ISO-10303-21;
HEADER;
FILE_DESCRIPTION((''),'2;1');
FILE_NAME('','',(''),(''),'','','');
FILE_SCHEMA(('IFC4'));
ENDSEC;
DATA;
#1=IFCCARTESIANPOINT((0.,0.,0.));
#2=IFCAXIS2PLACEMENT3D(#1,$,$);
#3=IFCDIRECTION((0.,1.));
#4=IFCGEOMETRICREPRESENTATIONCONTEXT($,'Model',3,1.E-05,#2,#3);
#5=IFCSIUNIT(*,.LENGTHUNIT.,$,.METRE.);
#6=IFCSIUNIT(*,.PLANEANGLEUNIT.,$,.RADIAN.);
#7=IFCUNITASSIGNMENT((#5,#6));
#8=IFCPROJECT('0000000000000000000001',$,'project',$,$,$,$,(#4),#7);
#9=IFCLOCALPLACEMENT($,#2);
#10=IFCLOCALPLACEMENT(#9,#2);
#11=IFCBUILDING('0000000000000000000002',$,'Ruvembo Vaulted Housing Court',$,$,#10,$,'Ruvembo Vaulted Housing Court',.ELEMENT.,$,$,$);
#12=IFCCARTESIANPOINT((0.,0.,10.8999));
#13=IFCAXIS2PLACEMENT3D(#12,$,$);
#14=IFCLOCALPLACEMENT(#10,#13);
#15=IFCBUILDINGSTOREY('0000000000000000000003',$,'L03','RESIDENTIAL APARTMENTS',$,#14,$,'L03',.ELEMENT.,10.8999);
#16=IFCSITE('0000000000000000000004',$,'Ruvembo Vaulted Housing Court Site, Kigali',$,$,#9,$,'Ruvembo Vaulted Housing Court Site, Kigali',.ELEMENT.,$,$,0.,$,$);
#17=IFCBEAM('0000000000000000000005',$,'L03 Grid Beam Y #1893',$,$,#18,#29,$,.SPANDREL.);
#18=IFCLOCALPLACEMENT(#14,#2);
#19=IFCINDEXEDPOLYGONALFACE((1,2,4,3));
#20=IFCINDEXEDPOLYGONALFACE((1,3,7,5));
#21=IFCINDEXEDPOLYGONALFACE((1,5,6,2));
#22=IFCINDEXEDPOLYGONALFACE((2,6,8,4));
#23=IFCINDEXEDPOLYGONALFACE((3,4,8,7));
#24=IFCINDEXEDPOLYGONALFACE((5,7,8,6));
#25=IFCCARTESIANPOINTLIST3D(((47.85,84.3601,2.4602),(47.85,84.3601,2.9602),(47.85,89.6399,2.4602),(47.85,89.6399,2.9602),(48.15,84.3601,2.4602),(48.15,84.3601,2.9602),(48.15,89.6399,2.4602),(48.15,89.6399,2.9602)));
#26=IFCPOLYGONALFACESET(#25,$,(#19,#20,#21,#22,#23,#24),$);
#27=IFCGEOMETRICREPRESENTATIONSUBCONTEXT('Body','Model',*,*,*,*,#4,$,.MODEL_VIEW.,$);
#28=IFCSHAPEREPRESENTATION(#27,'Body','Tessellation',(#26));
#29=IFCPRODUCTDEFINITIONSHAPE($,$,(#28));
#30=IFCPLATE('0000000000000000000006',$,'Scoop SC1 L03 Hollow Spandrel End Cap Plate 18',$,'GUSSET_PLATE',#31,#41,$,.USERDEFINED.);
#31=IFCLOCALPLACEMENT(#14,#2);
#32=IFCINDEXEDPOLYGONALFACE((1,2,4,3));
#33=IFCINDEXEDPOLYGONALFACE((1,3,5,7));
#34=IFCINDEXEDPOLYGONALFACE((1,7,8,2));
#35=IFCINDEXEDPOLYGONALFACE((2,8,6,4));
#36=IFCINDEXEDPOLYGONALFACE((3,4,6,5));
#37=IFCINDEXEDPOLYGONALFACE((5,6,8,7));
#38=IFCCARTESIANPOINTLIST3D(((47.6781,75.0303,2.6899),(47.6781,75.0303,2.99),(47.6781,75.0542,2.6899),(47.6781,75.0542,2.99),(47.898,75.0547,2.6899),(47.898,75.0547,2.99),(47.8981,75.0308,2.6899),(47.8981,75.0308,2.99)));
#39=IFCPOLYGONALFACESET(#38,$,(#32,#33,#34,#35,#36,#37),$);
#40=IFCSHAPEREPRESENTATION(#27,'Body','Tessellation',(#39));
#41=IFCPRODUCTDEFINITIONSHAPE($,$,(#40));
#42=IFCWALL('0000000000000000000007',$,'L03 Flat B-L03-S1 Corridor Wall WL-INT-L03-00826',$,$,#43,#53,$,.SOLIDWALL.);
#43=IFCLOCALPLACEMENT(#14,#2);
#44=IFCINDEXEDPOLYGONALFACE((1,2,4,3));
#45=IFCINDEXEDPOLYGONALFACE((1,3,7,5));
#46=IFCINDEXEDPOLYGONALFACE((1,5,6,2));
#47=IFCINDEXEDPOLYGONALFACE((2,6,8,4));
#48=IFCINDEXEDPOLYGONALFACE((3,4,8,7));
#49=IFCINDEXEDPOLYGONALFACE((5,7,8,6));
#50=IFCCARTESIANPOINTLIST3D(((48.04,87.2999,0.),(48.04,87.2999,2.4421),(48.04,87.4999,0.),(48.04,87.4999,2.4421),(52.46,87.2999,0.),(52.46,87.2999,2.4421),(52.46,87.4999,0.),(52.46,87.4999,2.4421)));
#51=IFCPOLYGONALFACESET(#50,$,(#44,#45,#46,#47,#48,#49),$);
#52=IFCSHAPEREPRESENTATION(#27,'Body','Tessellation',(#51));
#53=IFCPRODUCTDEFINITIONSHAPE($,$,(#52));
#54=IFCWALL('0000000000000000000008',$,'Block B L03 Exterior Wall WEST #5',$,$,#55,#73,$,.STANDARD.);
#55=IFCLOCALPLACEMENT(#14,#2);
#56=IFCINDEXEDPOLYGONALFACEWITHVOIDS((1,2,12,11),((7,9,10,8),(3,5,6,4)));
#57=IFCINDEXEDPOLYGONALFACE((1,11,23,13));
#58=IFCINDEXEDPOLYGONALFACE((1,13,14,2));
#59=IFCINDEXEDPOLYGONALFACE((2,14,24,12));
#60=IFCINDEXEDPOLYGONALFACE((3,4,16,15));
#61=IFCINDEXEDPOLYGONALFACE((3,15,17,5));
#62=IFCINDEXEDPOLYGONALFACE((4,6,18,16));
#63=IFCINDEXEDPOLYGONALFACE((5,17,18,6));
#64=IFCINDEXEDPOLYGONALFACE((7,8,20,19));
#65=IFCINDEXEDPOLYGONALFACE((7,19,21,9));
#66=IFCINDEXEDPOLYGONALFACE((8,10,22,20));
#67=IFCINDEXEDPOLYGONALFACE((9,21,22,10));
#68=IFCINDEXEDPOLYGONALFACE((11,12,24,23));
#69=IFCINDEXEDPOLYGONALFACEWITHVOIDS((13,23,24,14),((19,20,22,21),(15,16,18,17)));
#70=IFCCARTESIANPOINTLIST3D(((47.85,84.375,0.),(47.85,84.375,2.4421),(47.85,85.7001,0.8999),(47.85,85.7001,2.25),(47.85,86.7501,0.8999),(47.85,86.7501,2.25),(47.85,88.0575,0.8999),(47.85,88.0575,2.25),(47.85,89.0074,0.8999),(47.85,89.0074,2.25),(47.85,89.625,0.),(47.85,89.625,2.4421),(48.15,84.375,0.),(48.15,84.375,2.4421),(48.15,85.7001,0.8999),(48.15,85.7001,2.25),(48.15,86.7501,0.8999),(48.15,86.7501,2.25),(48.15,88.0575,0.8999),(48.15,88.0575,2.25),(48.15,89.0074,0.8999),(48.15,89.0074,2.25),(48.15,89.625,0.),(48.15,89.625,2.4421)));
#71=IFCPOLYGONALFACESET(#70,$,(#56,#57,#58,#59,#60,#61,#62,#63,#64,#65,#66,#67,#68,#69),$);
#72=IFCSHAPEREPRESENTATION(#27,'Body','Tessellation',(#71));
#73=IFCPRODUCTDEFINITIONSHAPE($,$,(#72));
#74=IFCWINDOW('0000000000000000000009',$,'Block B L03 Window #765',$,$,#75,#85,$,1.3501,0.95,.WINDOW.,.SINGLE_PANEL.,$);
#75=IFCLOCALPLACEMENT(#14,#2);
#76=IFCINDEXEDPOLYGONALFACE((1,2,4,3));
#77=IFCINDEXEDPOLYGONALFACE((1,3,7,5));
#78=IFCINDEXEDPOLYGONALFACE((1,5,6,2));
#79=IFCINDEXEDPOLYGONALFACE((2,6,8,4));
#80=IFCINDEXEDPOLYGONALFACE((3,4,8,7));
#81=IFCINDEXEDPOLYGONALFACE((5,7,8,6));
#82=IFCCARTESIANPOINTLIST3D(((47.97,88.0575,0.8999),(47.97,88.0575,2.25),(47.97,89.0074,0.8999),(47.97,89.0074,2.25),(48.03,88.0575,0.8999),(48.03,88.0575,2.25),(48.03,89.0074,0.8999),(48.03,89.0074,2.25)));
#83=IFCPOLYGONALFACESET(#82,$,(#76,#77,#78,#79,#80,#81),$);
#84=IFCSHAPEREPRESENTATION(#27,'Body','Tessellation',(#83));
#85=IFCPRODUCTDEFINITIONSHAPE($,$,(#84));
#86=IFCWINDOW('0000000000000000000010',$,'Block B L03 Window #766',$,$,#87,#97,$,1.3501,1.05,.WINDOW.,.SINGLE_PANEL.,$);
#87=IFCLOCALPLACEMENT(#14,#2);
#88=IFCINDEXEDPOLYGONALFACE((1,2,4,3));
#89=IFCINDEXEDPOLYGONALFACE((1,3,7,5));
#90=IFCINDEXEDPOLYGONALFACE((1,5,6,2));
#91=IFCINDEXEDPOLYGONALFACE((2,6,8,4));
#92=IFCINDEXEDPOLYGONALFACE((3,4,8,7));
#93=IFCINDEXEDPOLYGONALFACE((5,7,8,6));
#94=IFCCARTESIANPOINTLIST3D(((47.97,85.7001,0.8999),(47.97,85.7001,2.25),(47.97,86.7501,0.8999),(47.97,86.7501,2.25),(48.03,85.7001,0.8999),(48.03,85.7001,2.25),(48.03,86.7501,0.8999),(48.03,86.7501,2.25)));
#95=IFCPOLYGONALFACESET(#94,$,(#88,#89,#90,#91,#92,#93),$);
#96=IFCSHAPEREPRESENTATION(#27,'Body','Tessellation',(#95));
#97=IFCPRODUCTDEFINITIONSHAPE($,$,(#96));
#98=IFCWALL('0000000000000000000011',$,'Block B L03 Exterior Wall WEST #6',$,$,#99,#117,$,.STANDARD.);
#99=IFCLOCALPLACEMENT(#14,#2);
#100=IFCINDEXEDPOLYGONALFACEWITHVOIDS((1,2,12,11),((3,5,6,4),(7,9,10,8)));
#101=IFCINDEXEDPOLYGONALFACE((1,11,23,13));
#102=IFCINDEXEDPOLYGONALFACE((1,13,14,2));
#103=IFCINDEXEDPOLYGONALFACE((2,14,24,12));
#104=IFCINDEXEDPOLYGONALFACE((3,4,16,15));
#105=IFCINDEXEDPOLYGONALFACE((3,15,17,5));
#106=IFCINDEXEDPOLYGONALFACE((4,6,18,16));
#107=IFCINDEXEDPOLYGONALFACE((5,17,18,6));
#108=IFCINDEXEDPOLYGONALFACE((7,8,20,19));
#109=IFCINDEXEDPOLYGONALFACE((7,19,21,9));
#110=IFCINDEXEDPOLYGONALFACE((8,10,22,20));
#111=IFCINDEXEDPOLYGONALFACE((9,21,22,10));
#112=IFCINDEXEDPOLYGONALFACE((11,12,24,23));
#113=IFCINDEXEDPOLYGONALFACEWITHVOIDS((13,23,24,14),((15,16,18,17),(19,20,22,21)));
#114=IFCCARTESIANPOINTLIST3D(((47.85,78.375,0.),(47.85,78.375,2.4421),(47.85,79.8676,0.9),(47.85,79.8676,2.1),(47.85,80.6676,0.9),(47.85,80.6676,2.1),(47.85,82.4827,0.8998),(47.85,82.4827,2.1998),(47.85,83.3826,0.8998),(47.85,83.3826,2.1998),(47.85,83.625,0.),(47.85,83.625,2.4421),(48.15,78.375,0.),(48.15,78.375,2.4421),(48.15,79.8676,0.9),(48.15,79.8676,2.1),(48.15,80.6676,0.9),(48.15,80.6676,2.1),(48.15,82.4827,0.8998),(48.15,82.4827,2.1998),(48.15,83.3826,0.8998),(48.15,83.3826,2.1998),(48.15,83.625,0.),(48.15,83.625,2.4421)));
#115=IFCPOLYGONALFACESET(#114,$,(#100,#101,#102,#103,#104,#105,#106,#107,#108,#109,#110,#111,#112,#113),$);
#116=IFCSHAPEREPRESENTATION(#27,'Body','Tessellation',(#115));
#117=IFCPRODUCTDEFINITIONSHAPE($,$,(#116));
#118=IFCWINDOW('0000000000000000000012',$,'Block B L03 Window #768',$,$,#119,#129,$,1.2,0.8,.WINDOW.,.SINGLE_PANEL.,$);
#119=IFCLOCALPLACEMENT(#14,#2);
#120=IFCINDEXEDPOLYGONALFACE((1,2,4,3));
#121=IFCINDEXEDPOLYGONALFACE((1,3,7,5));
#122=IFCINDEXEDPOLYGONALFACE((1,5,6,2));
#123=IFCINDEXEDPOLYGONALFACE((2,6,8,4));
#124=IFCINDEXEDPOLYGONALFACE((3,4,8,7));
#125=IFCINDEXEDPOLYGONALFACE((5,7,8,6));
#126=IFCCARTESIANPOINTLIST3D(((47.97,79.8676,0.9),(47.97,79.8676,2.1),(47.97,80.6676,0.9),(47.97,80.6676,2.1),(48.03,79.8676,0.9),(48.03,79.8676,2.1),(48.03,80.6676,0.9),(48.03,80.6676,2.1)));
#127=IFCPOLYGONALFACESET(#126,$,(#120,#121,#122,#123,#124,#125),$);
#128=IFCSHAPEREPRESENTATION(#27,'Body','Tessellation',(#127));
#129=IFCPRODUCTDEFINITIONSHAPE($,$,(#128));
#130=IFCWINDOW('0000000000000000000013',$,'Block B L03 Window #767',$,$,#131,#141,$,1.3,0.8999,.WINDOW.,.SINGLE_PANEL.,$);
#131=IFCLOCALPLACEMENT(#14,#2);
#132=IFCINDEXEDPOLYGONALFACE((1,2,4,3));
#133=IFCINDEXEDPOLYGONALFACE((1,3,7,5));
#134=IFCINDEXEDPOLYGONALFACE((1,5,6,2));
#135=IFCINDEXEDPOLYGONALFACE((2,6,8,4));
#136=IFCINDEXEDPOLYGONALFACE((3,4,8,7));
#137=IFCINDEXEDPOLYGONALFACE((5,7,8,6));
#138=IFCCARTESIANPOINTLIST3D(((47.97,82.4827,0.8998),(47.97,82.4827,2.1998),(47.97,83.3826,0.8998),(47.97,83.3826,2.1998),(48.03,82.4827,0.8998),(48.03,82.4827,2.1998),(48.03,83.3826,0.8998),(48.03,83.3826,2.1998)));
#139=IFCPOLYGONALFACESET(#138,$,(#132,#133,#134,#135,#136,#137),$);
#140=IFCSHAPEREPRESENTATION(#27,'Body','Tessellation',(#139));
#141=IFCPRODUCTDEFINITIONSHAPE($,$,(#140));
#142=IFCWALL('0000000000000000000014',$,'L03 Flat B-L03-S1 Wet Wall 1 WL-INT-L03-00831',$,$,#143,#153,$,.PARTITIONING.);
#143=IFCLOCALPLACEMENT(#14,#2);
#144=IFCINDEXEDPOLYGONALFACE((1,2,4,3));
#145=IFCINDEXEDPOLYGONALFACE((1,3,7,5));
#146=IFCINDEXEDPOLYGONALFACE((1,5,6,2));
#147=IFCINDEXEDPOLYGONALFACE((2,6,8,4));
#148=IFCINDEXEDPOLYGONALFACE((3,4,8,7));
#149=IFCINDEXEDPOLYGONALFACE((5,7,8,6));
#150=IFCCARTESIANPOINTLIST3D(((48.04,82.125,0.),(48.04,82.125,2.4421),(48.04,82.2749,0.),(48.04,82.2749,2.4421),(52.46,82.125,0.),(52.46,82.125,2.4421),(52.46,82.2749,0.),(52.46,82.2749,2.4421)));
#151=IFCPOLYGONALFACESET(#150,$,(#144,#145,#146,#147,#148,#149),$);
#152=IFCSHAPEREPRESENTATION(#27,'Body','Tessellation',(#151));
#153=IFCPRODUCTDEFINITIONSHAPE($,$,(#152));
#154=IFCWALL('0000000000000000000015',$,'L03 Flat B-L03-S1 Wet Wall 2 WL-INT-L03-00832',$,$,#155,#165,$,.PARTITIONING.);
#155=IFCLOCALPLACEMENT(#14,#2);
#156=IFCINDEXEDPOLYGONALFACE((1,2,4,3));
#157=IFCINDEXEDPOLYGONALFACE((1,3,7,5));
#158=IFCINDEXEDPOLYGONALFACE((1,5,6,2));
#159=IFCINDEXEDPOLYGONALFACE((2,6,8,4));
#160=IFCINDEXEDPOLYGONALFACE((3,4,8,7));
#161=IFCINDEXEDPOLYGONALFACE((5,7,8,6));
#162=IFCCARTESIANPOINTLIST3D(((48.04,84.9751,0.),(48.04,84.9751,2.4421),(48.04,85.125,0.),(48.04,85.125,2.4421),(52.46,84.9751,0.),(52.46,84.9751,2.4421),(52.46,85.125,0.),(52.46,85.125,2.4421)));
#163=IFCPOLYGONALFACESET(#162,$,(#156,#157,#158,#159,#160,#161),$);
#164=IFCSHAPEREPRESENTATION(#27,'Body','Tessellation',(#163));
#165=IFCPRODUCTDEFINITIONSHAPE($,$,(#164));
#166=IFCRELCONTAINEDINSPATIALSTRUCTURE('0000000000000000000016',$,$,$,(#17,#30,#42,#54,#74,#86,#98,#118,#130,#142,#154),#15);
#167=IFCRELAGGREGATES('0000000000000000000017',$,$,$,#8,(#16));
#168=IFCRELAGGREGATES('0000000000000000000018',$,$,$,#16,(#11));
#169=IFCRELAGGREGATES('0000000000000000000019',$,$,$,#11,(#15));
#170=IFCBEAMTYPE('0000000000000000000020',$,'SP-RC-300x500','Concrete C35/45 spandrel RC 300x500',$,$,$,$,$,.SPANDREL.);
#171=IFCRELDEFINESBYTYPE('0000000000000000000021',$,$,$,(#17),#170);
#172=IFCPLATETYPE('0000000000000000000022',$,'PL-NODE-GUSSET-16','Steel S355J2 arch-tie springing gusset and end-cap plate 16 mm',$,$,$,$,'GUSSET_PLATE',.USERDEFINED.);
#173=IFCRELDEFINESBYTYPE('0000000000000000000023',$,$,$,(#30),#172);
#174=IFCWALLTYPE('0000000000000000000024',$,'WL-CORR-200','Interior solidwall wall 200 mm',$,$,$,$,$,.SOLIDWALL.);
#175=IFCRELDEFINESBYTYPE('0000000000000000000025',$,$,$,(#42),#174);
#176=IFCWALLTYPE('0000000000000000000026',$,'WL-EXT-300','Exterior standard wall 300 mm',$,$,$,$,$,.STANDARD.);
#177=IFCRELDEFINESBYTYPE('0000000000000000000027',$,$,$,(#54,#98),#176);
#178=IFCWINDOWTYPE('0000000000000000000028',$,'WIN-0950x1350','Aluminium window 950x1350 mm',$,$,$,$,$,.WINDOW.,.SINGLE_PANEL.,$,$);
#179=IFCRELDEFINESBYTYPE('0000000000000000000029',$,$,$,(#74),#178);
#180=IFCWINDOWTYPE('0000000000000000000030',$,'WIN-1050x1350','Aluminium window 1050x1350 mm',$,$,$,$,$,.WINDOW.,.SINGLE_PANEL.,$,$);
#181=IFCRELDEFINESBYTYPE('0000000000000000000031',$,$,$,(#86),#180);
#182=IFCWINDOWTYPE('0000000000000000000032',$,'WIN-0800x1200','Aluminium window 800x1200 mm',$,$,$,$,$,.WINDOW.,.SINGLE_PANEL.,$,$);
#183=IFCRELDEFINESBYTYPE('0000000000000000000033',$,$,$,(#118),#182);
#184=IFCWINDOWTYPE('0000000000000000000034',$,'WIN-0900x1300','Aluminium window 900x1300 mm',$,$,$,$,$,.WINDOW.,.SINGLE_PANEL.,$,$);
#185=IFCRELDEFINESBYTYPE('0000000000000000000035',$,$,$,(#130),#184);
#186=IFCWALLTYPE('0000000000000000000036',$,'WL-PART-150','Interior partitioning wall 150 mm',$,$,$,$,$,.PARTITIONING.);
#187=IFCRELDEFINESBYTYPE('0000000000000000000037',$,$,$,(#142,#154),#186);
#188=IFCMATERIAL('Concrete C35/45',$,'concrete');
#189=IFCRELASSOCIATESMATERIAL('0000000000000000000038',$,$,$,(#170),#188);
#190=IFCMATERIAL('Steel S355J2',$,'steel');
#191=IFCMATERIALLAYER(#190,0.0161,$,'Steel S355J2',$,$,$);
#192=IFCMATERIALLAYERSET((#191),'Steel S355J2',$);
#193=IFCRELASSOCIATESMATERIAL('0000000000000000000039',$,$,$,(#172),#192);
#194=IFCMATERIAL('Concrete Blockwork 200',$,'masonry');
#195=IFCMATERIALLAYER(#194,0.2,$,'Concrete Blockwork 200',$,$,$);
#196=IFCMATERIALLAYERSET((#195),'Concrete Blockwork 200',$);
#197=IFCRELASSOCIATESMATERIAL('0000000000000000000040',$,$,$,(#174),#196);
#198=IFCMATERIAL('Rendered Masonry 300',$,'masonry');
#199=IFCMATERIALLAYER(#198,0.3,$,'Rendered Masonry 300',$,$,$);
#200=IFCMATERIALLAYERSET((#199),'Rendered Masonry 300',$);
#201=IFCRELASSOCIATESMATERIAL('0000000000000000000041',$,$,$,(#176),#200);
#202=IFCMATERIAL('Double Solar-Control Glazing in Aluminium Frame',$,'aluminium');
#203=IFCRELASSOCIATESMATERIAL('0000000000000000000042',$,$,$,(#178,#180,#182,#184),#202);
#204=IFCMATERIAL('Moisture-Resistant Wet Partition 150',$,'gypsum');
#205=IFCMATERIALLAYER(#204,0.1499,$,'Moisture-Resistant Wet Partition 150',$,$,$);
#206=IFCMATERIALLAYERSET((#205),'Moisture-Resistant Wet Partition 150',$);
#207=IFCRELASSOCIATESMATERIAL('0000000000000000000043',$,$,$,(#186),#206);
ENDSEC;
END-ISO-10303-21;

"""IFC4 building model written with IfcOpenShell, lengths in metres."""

from ifc_helpers import new_model, si_unit, direction, frame, frame_2d, origin, origin_2d, place, context, subcontext, project, spatial, rectangle, extrude, material, layer, layer_set, material_profile, profile_set, type_object, element, fill, save


model = new_model("IFC4")

# Units and contexts
model_context = context("Model", 3, precision=1e-05, world=origin(), true_north=direction((0.0, 1.0)))
body_context = subcontext(model_context, "Body", "Model", "MODEL_VIEW")
ifc_project = project(units=[si_unit("LENGTHUNIT", "METRE"), si_unit("PLANEANGLEUNIT", "RADIAN")], contexts=[model_context])

# Site, building, storey
site_placement = place(None, origin())
site = spatial("IfcSite", under=ifc_project, at=site_placement, Name="Ruvembo Vaulted Housing Court Site, Kigali", LongName="Ruvembo Vaulted Housing Court Site, Kigali", CompositionType="ELEMENT", RefElevation=0.0)
building_placement = place(site_placement, origin())
building = spatial("IfcBuilding", under=site, at=building_placement, Name="Ruvembo Vaulted Housing Court", LongName="Ruvembo Vaulted Housing Court", CompositionType="ELEMENT")
storey_placement = place(building_placement, frame((0.0, 0.0, 10.8999)))
storey = spatial("IfcBuildingStorey", under=building, at=storey_placement, Name="L03", Description="RESIDENTIAL APARTMENTS", LongName="L03", CompositionType="ELEMENT", Elevation=10.8999)

# Shared definitions
ifc_material_1 = material(Name="Steel S355J2", Category="steel")

# Beam
ifc_material_2 = material(Name="Concrete C35/45", Category="concrete")
ifc_material_profile_1 = material_profile(ifc_material_2, rectangle(XDim=0.3, YDim=0.5, at=origin_2d()), Name="RC 300x500")
ifc_profile_set_1 = profile_set([ifc_material_profile_1], Name="Concrete C35/45")
beam_type_1 = type_object("IfcBeamType", Name="SP-RC-300x500", Description="Concrete C35/45 spandrel RC 300x500", PredefinedType="SPANDREL", material=ifc_profile_set_1)
for number, where, z_axis, x_axis, name in (
    (1, (48.0, 84.3601, 2.7102), (0.0, 1.0, 0.0), (-1.0, 0.0, 0.0), "L03 Grid Beam Y #1893"),
):
    element("IfcBeam", number, at=place(storey_placement, frame(where, z_axis=z_axis, x_axis=x_axis)), inside=storey, type_object=beam_type_1, Name=name, PredefinedType="SPANDREL", context=body_context, shape_type="SweptSolid", body=[
        extrude(rectangle(XDim=0.3, YDim=0.5, at=origin_2d()), origin(), (0.0, 0.0, 1.0), 5.2798),
    ])

# Plate
ifc_layer_1 = layer(ifc_material_1, 0.0161, Name="Steel S355J2")
ifc_layer_set_1 = layer_set([ifc_layer_1], Name="Steel S355J2")
plate_type = type_object("IfcPlateType", Name="PL-NODE-GUSSET-16", Description="Steel S355J2 arch-tie springing gusset and end-cap plate 16 mm", ElementType="GUSSET_PLATE", PredefinedType="USERDEFINED", material=ifc_layer_set_1)
plate_placement = place(storey_placement, frame((47.7881, 75.0425, 2.6899), z_axis=(0.0, 0.0, 1.0), x_axis=(-0.002286, 0.999997, 0.0)))
element("IfcPlate", 2, at=plate_placement, inside=storey, type_object=plate_type, Name="Scoop SC1 L03 Hollow Spandrel End Cap Plate 18", ObjectType="GUSSET_PLATE", PredefinedType="USERDEFINED", context=body_context, shape_type="SweptSolid", body=[
    extrude(rectangle(XDim=0.0239, YDim=0.22, at=origin_2d()), origin(), (0.0, 0.0, 1.0), 0.3),
])

# Wall
ifc_material_3 = material(Name="Concrete Blockwork 200", Category="masonry")
ifc_layer_2 = layer(ifc_material_3, 0.2, Name="Concrete Blockwork 200")
ifc_layer_set_2 = layer_set([ifc_layer_2], Name="Concrete Blockwork 200")
wall_type_1 = type_object("IfcWallType", Name="WL-CORR-200", Description="Interior solidwall wall 200 mm", PredefinedType="SOLIDWALL", material=ifc_layer_set_2)
wall_1_placement = place(storey_placement, frame((48.04, 87.3999, 0.0), z_axis=(0.0, 0.0, 1.0), x_axis=(1.0, 0.0, 0.0)))
element("IfcWall", 3, at=wall_1_placement, inside=storey, type_object=wall_type_1, Name="L03 Flat B-L03-S1 Corridor Wall WL-INT-L03-00826", PredefinedType="SOLIDWALL", context=body_context, shape_type="SweptSolid", body=[
    extrude(rectangle(XDim=4.4199, YDim=0.2, at=frame_2d((2.21, 0.0))), origin(), (0.0, 0.0, 1.0), 2.4421),
])

# Shared definitions
ifc_material_4 = material(Name="Rendered Masonry 300", Category="masonry")
ifc_layer_3 = layer(ifc_material_4, 0.3, Name="Rendered Masonry 300")
ifc_layer_set_3 = layer_set([ifc_layer_3], Name="Rendered Masonry 300")
wall_type_2 = type_object("IfcWallType", Name="WL-EXT-300", Description="Exterior standard wall 300 mm", PredefinedType="STANDARD", material=ifc_layer_set_3)

# Walls, openings, windows
wall_2_placement = place(storey_placement, frame((48.0, 89.625, 0.0), z_axis=(0.0, 0.0, 1.0), x_axis=(0.0, -1.0, 0.0)))
wall_2 = element("IfcWall", 4, at=wall_2_placement, inside=storey, type_object=wall_type_2, Name="Block B L03 Exterior Wall WEST #5", PredefinedType="STANDARD", context=body_context, shape_type="SweptSolid", body=[
    extrude(rectangle(XDim=5.25, YDim=0.3, at=frame_2d((2.625, 0.0))), origin(), (0.0, 0.0, 1.0), 2.4421),
])
opening_1_placement = place(wall_2_placement, frame((0.6174, 0.0, 0.8999)))
opening_1 = element("IfcOpeningElement", 5, at=opening_1_placement, cuts=wall_2, PredefinedType="OPENING", context=body_context, shape_type="SweptSolid", body=[
    extrude(rectangle(XDim=0.95, YDim=1.3501, at=frame_2d((0.4751, 0.675))), frame((0.0, 0.1599, 0.0), z_axis=(0.0, -1.0, 0.0), x_axis=(1.0, 0.0, 0.0)), (0.0, 0.0, 1.0), 0.3201),
])
opening_2_placement = place(wall_2_placement, frame((2.875, 0.0, 0.8999)))
opening_2 = element("IfcOpeningElement", 6, at=opening_2_placement, cuts=wall_2, PredefinedType="OPENING", context=body_context, shape_type="SweptSolid", body=[
    extrude(rectangle(XDim=1.05, YDim=1.3501, at=frame_2d((0.5249, 0.675))), frame((0.0, 0.1599, 0.0), z_axis=(0.0, -1.0, 0.0), x_axis=(1.0, 0.0, 0.0)), (0.0, 0.0, 1.0), 0.3201),
])
ifc_material_5 = material(Name="Double Solar-Control Glazing in Aluminium Frame", Category="aluminium")
window_type_1 = type_object("IfcWindowType", Name="WIN-0950x1350", Description="Aluminium window 950x1350 mm", PartitioningType="SINGLE_PANEL", PredefinedType="WINDOW", material=ifc_material_5)
window_1_placement = place(opening_1_placement, origin())
window_1 = element("IfcWindow", 7, at=window_1_placement, inside=storey, type_object=window_type_1, Name="Block B L03 Window #765", OverallHeight=1.3501, OverallWidth=0.95, PartitioningType="SINGLE_PANEL", PredefinedType="WINDOW", context=body_context, shape_type="SweptSolid", body=[
    extrude(rectangle(XDim=0.95, YDim=1.3501, at=frame_2d((0.4751, 0.675))), frame((0.0, 0.03, 0.0), z_axis=(0.0, -1.0, 0.0), x_axis=(1.0, 0.0, 0.0)), (0.0, 0.0, 1.0), 0.0601),
])
fill(opening_1, window_1)
window_type_2 = type_object("IfcWindowType", Name="WIN-1050x1350", Description="Aluminium window 1050x1350 mm", PartitioningType="SINGLE_PANEL", PredefinedType="WINDOW", material=ifc_material_5)
window_2_placement = place(opening_2_placement, origin())
window_2 = element("IfcWindow", 8, at=window_2_placement, inside=storey, type_object=window_type_2, Name="Block B L03 Window #766", OverallHeight=1.3501, OverallWidth=1.05, PartitioningType="SINGLE_PANEL", PredefinedType="WINDOW", context=body_context, shape_type="SweptSolid", body=[
    extrude(rectangle(XDim=1.05, YDim=1.3501, at=frame_2d((0.5249, 0.675))), frame((0.0, 0.03, 0.0), z_axis=(0.0, -1.0, 0.0), x_axis=(1.0, 0.0, 0.0)), (0.0, 0.0, 1.0), 0.0601),
])
fill(opening_2, window_2)
wall_3_placement = place(storey_placement, frame((48.0, 83.625, 0.0), z_axis=(0.0, 0.0, 1.0), x_axis=(0.0, -1.0, 0.0)))
wall_3 = element("IfcWall", 9, at=wall_3_placement, inside=storey, type_object=wall_type_2, Name="Block B L03 Exterior Wall WEST #6", PredefinedType="STANDARD", context=body_context, shape_type="SweptSolid", body=[
    extrude(rectangle(XDim=5.25, YDim=0.3, at=frame_2d((2.625, 0.0))), origin(), (0.0, 0.0, 1.0), 2.4421),
])
opening_3_placement = place(wall_3_placement, frame((0.2424, 0.0, 0.8999)))
opening_3 = element("IfcOpeningElement", 10, at=opening_3_placement, cuts=wall_3, PredefinedType="OPENING", context=body_context, shape_type="SweptSolid", body=[
    extrude(rectangle(XDim=0.8999, YDim=1.3, at=frame_2d((0.45, 0.6499))), frame((0.0, 0.1599, 0.0), z_axis=(0.0, -1.0, 0.0), x_axis=(1.0, 0.0, 0.0)), (0.0, 0.0, 1.0), 0.3201),
])
opening_4_placement = place(wall_3_placement, frame((2.9575, 0.0, 0.8999)))
opening_4 = element("IfcOpeningElement", 11, at=opening_4_placement, cuts=wall_3, PredefinedType="OPENING", context=body_context, shape_type="SweptSolid", body=[
    extrude(rectangle(XDim=0.8, YDim=1.2, at=frame_2d((0.3999, 0.6001))), frame((0.0, 0.1599, 0.0), z_axis=(0.0, -1.0, 0.0), x_axis=(1.0, 0.0, 0.0)), (0.0, 0.0, 1.0), 0.3201),
])
window_type_3 = type_object("IfcWindowType", Name="WIN-0800x1200", Description="Aluminium window 800x1200 mm", PartitioningType="SINGLE_PANEL", PredefinedType="WINDOW", material=ifc_material_5)
window_3_placement = place(opening_4_placement, origin())
window_3 = element("IfcWindow", 12, at=window_3_placement, inside=storey, type_object=window_type_3, Name="Block B L03 Window #768", OverallHeight=1.2, OverallWidth=0.8, PartitioningType="SINGLE_PANEL", PredefinedType="WINDOW", context=body_context, shape_type="SweptSolid", body=[
    extrude(rectangle(XDim=0.8, YDim=1.2, at=frame_2d((0.3999, 0.6001))), frame((0.0, 0.03, 0.0), z_axis=(0.0, -1.0, 0.0), x_axis=(1.0, 0.0, 0.0)), (0.0, 0.0, 1.0), 0.0601),
])
fill(opening_4, window_3)
window_type_4 = type_object("IfcWindowType", Name="WIN-0900x1300", Description="Aluminium window 900x1300 mm", PartitioningType="SINGLE_PANEL", PredefinedType="WINDOW", material=ifc_material_5)
window_4_placement = place(opening_3_placement, origin())
window_4 = element("IfcWindow", 13, at=window_4_placement, inside=storey, type_object=window_type_4, Name="Block B L03 Window #767", OverallHeight=1.3, OverallWidth=0.8999, PartitioningType="SINGLE_PANEL", PredefinedType="WINDOW", context=body_context, shape_type="SweptSolid", body=[
    extrude(rectangle(XDim=0.8999, YDim=1.3, at=frame_2d((0.45, 0.6499))), frame((0.0, 0.03, 0.0), z_axis=(0.0, -1.0, 0.0), x_axis=(1.0, 0.0, 0.0)), (0.0, 0.0, 1.0), 0.0601),
])
fill(opening_3, window_4)

# Walls
ifc_material_6 = material(Name="Moisture-Resistant Wet Partition 150", Category="gypsum")
ifc_layer_4 = layer(ifc_material_6, 0.1499, Name="Moisture-Resistant Wet Partition 150")
ifc_layer_set_4 = layer_set([ifc_layer_4], Name="Moisture-Resistant Wet Partition 150")
wall_type_3 = type_object("IfcWallType", Name="WL-PART-150", Description="Interior partitioning wall 150 mm", PredefinedType="PARTITIONING", material=ifc_layer_set_4)
for number, where, z_axis, x_axis, name in (
    (14, (48.04, 82.2, 0.0), (0.0, 0.0, 1.0), (1.0, 0.0, 0.0), "L03 Flat B-L03-S1 Wet Wall 1 WL-INT-L03-00831"),
    (15, (48.04, 85.05, 0.0), (0.0, 0.0, 1.0), (1.0, 0.0, 0.0), "L03 Flat B-L03-S1 Wet Wall 2 WL-INT-L03-00832"),
):
    element("IfcWall", number, at=place(storey_placement, frame(where, z_axis=z_axis, x_axis=x_axis)), inside=storey, type_object=wall_type_3, Name=name, PredefinedType="PARTITIONING", context=body_context, shape_type="SweptSolid", body=[
        extrude(rectangle(XDim=4.4199, YDim=0.1499, at=frame_2d((2.21, 0.0))), origin(), (0.0, 0.0, 1.0), 2.4421),
    ])

save(model, "model.ifc")
